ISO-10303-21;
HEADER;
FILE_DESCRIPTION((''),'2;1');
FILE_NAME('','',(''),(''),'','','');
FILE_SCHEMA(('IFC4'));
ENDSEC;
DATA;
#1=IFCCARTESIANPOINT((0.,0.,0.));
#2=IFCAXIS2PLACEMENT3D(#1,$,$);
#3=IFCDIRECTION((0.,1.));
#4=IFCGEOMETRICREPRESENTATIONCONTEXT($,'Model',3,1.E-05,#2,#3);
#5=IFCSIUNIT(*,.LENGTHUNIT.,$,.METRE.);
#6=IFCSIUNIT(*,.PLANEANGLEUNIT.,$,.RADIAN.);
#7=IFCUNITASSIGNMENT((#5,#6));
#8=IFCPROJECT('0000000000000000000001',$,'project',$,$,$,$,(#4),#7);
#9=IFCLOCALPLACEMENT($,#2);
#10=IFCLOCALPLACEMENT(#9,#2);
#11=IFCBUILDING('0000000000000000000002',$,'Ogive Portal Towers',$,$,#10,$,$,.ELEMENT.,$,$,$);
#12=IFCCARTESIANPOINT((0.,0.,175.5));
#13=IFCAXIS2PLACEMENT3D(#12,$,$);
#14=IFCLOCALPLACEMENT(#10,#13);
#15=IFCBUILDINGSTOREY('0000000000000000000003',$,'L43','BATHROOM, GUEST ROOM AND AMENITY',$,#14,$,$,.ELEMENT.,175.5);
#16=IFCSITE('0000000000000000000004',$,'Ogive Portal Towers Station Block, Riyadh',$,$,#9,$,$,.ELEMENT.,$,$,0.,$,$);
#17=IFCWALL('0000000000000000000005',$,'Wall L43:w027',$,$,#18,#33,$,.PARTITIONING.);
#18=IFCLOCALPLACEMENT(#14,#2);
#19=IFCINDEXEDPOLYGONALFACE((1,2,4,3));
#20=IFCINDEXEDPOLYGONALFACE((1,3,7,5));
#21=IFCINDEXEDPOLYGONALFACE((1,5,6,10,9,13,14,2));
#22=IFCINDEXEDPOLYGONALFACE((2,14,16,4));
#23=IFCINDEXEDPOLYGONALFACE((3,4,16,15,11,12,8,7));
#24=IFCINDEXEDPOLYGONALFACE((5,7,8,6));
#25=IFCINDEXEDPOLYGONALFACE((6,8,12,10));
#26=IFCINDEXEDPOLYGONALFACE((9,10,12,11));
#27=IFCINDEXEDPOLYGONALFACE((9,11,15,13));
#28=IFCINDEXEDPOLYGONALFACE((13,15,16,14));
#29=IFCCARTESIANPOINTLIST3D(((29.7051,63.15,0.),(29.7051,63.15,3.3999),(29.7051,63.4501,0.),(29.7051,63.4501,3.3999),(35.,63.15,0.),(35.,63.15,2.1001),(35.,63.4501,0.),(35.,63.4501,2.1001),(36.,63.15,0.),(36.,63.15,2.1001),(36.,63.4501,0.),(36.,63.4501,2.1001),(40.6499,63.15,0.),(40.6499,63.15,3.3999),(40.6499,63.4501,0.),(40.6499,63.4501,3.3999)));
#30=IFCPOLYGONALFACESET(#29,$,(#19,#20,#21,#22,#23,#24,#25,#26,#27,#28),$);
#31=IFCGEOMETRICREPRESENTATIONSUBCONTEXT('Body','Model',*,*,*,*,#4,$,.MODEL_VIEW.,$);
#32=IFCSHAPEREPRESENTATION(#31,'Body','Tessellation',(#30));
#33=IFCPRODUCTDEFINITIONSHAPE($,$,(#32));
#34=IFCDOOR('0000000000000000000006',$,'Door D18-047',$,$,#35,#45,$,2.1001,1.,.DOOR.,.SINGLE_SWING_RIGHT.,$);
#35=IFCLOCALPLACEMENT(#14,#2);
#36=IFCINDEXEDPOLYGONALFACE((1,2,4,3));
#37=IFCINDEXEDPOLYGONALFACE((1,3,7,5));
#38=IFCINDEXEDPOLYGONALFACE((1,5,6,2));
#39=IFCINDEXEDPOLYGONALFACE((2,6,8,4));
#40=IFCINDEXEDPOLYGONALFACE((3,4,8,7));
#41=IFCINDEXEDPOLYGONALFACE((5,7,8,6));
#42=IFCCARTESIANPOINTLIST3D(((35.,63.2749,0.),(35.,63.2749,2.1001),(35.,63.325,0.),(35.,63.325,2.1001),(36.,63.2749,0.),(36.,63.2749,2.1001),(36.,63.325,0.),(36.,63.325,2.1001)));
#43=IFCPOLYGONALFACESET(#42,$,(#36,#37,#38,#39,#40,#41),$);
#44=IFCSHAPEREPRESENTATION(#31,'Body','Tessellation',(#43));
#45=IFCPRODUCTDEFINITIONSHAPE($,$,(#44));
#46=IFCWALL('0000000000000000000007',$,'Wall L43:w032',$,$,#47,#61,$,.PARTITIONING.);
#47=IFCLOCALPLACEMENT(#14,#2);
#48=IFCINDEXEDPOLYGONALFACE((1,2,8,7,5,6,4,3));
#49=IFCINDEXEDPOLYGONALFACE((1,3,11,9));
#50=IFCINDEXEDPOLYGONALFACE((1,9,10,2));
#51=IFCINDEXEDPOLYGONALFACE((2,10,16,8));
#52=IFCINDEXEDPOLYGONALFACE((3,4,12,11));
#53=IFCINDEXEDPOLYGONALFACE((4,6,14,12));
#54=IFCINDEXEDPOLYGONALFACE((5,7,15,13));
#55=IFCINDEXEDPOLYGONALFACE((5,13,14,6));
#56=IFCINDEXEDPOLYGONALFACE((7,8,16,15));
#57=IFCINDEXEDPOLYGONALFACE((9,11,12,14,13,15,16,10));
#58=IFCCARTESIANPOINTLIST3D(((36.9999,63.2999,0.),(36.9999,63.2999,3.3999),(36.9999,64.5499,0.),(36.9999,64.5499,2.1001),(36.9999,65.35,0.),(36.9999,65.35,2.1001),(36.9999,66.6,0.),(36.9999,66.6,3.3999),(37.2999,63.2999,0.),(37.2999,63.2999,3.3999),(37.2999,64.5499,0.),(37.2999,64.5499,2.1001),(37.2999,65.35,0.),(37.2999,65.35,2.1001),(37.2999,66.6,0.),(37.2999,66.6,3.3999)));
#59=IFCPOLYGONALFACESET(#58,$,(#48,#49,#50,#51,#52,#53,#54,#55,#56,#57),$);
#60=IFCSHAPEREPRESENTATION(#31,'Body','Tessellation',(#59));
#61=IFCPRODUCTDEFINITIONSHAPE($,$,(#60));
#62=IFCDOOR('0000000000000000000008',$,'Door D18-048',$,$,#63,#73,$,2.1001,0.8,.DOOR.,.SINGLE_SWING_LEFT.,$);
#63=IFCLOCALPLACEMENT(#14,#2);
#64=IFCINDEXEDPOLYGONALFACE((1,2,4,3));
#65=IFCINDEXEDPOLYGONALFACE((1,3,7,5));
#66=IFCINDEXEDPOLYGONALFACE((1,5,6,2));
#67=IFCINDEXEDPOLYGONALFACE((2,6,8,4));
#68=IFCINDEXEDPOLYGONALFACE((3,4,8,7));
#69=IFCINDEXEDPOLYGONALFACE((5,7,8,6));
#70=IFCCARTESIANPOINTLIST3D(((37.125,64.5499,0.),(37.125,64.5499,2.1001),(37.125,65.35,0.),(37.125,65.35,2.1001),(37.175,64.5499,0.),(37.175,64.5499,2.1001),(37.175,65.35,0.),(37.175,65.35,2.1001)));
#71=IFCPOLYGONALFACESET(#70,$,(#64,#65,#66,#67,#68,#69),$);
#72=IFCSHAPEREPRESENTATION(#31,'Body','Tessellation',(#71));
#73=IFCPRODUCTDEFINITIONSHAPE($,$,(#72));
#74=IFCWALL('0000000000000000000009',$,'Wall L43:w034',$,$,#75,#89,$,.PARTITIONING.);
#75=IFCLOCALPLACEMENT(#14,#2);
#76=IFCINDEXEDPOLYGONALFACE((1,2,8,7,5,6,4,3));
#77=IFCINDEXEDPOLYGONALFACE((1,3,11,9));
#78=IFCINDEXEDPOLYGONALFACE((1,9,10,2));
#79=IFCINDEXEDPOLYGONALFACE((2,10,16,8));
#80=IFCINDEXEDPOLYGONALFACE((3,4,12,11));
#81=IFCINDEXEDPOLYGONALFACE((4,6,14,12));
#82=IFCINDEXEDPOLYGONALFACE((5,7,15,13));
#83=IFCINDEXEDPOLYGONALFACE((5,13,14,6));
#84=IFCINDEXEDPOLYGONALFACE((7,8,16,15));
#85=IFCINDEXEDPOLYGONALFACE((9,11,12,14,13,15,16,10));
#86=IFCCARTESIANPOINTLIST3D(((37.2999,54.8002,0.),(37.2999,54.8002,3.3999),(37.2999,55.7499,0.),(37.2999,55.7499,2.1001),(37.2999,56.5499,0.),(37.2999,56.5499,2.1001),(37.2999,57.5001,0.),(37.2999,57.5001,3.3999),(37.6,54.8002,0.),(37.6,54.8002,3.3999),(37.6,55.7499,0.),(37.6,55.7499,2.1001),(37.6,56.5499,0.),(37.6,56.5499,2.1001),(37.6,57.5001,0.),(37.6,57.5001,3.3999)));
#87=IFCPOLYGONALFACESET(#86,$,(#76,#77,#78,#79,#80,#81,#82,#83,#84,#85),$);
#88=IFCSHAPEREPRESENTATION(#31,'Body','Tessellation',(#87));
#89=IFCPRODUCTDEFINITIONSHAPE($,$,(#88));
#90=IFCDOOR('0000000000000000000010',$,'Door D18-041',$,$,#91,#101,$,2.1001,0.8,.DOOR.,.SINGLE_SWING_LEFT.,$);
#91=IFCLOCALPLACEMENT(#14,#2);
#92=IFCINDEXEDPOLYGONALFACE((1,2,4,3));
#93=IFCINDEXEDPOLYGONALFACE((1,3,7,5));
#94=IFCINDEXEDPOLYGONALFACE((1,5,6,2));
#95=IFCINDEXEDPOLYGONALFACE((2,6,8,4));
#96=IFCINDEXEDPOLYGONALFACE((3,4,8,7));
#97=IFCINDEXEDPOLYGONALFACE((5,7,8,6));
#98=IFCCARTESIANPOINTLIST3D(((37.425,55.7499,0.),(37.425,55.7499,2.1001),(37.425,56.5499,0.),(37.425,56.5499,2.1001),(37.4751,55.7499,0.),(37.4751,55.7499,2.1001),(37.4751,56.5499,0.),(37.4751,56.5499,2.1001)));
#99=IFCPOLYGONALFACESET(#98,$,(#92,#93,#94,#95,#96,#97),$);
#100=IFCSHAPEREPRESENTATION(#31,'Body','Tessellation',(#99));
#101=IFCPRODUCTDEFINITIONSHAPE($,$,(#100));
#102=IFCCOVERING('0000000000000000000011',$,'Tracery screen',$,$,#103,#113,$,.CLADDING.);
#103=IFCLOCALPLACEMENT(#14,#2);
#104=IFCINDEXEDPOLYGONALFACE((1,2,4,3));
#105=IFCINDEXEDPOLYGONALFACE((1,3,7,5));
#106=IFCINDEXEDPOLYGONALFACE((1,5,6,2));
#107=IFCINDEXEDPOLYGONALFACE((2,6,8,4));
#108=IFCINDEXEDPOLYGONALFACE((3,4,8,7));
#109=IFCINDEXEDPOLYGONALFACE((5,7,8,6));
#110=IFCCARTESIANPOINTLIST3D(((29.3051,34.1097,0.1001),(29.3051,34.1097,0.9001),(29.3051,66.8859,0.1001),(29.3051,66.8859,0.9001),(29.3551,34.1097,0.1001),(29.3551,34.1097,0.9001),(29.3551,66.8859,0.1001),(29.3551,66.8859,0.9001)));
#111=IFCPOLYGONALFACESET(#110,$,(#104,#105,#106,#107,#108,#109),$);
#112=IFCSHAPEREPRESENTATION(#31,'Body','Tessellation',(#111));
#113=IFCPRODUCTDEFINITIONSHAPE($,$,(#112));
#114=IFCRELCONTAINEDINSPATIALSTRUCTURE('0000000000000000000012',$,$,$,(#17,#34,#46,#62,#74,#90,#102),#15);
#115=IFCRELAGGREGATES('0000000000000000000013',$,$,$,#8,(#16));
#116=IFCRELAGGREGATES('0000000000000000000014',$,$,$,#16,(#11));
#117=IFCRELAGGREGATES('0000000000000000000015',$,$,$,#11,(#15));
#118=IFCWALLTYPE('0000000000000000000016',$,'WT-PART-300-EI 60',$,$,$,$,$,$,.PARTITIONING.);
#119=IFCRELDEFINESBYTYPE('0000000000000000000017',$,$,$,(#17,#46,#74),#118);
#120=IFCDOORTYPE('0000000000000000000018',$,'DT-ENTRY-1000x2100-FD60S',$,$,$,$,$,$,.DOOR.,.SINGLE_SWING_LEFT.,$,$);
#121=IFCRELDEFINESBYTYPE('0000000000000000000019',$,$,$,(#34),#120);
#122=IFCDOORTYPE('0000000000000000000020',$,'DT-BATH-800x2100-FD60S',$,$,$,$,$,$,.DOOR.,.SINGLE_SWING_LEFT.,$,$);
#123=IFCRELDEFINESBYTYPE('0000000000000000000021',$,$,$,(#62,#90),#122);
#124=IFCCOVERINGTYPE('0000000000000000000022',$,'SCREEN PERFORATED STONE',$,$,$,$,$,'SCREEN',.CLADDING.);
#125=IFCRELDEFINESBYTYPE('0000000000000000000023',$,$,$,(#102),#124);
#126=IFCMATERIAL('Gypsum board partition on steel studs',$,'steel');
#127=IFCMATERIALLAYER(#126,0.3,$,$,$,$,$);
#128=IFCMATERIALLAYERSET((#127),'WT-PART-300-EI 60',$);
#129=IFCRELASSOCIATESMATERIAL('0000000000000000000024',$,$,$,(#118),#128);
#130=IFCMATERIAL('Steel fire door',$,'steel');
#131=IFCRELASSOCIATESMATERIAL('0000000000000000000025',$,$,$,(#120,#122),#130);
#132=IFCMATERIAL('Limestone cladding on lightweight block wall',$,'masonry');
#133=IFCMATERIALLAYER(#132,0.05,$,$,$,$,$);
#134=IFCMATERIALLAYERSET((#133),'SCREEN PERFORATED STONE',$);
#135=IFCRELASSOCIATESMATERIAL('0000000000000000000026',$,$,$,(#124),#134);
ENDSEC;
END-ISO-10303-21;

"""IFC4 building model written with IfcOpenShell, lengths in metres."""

from ifc_helpers import new_model, si_unit, direction, frame, frame_2d, origin, origin_2d, place, context, subcontext, project, spatial, rectangle, extrude, material, layer, layer_set, type_object, element, fill, save


model = new_model("IFC4")

# Units and contexts
model_context = context("Model", 3, precision=1e-05, world=origin(), true_north=direction((0.0, 1.0)))
body_context = subcontext(model_context, "Body", "Model", "MODEL_VIEW")
ifc_project = project(units=[si_unit("LENGTHUNIT", "METRE"), si_unit("PLANEANGLEUNIT", "RADIAN")], contexts=[model_context])

# Site, building, storey
site_placement = place(None, origin())
site = spatial("IfcSite", under=ifc_project, at=site_placement, Name="Ogive Portal Towers Station Block, Riyadh", CompositionType="ELEMENT", RefElevation=0.0)
building_placement = place(site_placement, origin())
building = spatial("IfcBuilding", under=site, at=building_placement, Name="Ogive Portal Towers", CompositionType="ELEMENT")
storey_placement = place(building_placement, frame((0.0, 0.0, 175.5)))
storey = spatial("IfcBuildingStorey", under=building, at=storey_placement, Name="L43", Description="BATHROOM, GUEST ROOM AND AMENITY", CompositionType="ELEMENT", Elevation=175.5)

# Shared definitions
ifc_material_1 = material(Name="Steel fire door", Category="steel")

# Shared definitions
ifc_material_2 = material(Name="Gypsum board partition on steel studs", Category="steel")
ifc_layer_1 = layer(ifc_material_2, 0.3)
ifc_layer_set_1 = layer_set([ifc_layer_1], Name="WT-PART-300-EI 60")
wall_type_1 = type_object("IfcWallType", Name="WT-PART-300-EI 60", PredefinedType="PARTITIONING", material=ifc_layer_set_1)

# Walls, openings, doors
wall_1_placement = place(storey_placement, frame((29.7051, 63.3, 0.0), z_axis=(0.0, 0.0, 1.0), x_axis=(1.0, 0.0, 0.0)))
wall_1 = element("IfcWall", 1, at=wall_1_placement, inside=storey, type_object=wall_type_1, Name="Wall L43:w027", PredefinedType="PARTITIONING", context=body_context, shape_type="SweptSolid", body=[
    extrude(rectangle(XDim=10.9448, YDim=0.3, at=frame_2d((5.4724, 0.0))), origin(), (0.0, 0.0, 1.0), 3.3999),
])
opening_1_placement = place(wall_1_placement, frame((5.2949, 0.0, 0.0)))
opening_1 = element("IfcOpeningElement", 2, at=opening_1_placement, cuts=wall_1, PredefinedType="OPENING", context=body_context, shape_type="SweptSolid", body=[
    extrude(rectangle(XDim=1.0, YDim=2.1001, at=frame_2d((0.5, 1.05))), frame((0.0, 0.1602, 0.0), z_axis=(0.0, -1.0, 0.0), x_axis=(1.0, 0.0, 0.0)), (0.0, 0.0, 1.0), 0.3201),
])
door_type_1 = type_object("IfcDoorType", Name="DT-ENTRY-1000x2100-FD60S", OperationType="SINGLE_SWING_LEFT", PredefinedType="DOOR", material=ifc_material_1)
door_1_placement = place(opening_1_placement, origin())
door_1 = element("IfcDoor", 3, at=door_1_placement, inside=storey, type_object=door_type_1, Name="Door D18-047", OperationType="SINGLE_SWING_RIGHT", OverallHeight=2.1001, OverallWidth=1.0, PredefinedType="DOOR", context=body_context, shape_type="SweptSolid", body=[
    extrude(rectangle(XDim=1.0, YDim=2.1001, at=frame_2d((0.5, 1.05))), frame((0.0, 0.0249, 0.0), z_axis=(0.0, -1.0, 0.0), x_axis=(1.0, 0.0, 0.0)), (0.0, 0.0, 1.0), 0.05),
])
fill(opening_1, door_1)
wall_2_placement = place(storey_placement, frame((37.1499, 63.3, 0.0), z_axis=(0.0, 0.0, 1.0), x_axis=(0.0, 1.0, 0.0)))
wall_2 = element("IfcWall", 4, at=wall_2_placement, inside=storey, type_object=wall_type_1, Name="Wall L43:w032", PredefinedType="PARTITIONING", context=body_context, shape_type="SweptSolid", body=[
    extrude(rectangle(XDim=3.3, YDim=0.3, at=frame_2d((1.6499, 0.0))), origin(), (0.0, 0.0, 1.0), 3.3999),
])
opening_2_placement = place(wall_2_placement, frame((1.25, 0.0, 0.0)))
opening_2 = element("IfcOpeningElement", 5, at=opening_2_placement, cuts=wall_2, PredefinedType="OPENING", context=body_context, shape_type="SweptSolid", body=[
    extrude(rectangle(XDim=0.8, YDim=2.1001, at=frame_2d((0.3999, 1.05))), frame((0.0, 0.1602, 0.0), z_axis=(0.0, -1.0, 0.0), x_axis=(1.0, 0.0, 0.0)), (0.0, 0.0, 1.0), 0.3201),
])
door_type_2 = type_object("IfcDoorType", Name="DT-BATH-800x2100-FD60S", OperationType="SINGLE_SWING_LEFT", PredefinedType="DOOR", material=ifc_material_1)
door_2_placement = place(opening_2_placement, origin())
door_2 = element("IfcDoor", 6, at=door_2_placement, inside=storey, type_object=door_type_2, Name="Door D18-048", OperationType="SINGLE_SWING_LEFT", OverallHeight=2.1001, OverallWidth=0.8, PredefinedType="DOOR", context=body_context, shape_type="SweptSolid", body=[
    extrude(rectangle(XDim=0.8, YDim=2.1001, at=frame_2d((0.3999, 1.05))), frame((0.0, 0.0249, 0.0), z_axis=(0.0, -1.0, 0.0), x_axis=(1.0, 0.0, 0.0)), (0.0, 0.0, 1.0), 0.05),
])
fill(opening_2, door_2)
wall_3_placement = place(storey_placement, frame((37.45, 54.8, 0.0), z_axis=(0.0, 0.0, 1.0), x_axis=(0.0, 1.0, 0.0)))
wall_3 = element("IfcWall", 7, at=wall_3_placement, inside=storey, type_object=wall_type_1, Name="Wall L43:w034", PredefinedType="PARTITIONING", context=body_context, shape_type="SweptSolid", body=[
    extrude(rectangle(XDim=2.7, YDim=0.3, at=frame_2d((1.3501, 0.0))), origin(), (0.0, 0.0, 1.0), 3.3999),
])
opening_3_placement = place(wall_3_placement, frame((0.95, 0.0, 0.0)))
opening_3 = element("IfcOpeningElement", 8, at=opening_3_placement, cuts=wall_3, PredefinedType="OPENING", context=body_context, shape_type="SweptSolid", body=[
    extrude(rectangle(XDim=0.8, YDim=2.1001, at=frame_2d((0.3999, 1.05))), frame((0.0, 0.1602, 0.0), z_axis=(0.0, -1.0, 0.0), x_axis=(1.0, 0.0, 0.0)), (0.0, 0.0, 1.0), 0.3201),
])
door_3_placement = place(opening_3_placement, origin())
door_3 = element("IfcDoor", 9, at=door_3_placement, inside=storey, type_object=door_type_2, Name="Door D18-041", OperationType="SINGLE_SWING_LEFT", OverallHeight=2.1001, OverallWidth=0.8, PredefinedType="DOOR", context=body_context, shape_type="SweptSolid", body=[
    extrude(rectangle(XDim=0.8, YDim=2.1001, at=frame_2d((0.3999, 1.05))), frame((0.0, 0.0249, 0.0), z_axis=(0.0, -1.0, 0.0), x_axis=(1.0, 0.0, 0.0)), (0.0, 0.0, 1.0), 0.05),
])
fill(opening_3, door_3)

# Covering
ifc_material_3 = material(Name="Limestone cladding on lightweight block wall", Category="masonry")
ifc_layer_2 = layer(ifc_material_3, 0.05)
ifc_layer_set_2 = layer_set([ifc_layer_2], Name="SCREEN PERFORATED STONE")
covering_type = type_object("IfcCoveringType", Name="SCREEN PERFORATED STONE", ElementType="SCREEN", PredefinedType="CLADDING", material=ifc_layer_set_2)
covering_placement = place(storey_placement, frame((29.3301, 50.4978, 0.1001), z_axis=(0.0, 0.0, 1.0), x_axis=(0.0, -1.0, 0.0)))
element("IfcCovering", 10, at=covering_placement, inside=storey, type_object=covering_type, Name="Tracery screen", PredefinedType="CLADDING", context=body_context, shape_type="SweptSolid", body=[
    extrude(rectangle(XDim=32.7761, YDim=0.05, at=origin_2d()), origin(), (0.0, 0.0, 1.0), 0.8),
])

save(model, "model.ifc")
